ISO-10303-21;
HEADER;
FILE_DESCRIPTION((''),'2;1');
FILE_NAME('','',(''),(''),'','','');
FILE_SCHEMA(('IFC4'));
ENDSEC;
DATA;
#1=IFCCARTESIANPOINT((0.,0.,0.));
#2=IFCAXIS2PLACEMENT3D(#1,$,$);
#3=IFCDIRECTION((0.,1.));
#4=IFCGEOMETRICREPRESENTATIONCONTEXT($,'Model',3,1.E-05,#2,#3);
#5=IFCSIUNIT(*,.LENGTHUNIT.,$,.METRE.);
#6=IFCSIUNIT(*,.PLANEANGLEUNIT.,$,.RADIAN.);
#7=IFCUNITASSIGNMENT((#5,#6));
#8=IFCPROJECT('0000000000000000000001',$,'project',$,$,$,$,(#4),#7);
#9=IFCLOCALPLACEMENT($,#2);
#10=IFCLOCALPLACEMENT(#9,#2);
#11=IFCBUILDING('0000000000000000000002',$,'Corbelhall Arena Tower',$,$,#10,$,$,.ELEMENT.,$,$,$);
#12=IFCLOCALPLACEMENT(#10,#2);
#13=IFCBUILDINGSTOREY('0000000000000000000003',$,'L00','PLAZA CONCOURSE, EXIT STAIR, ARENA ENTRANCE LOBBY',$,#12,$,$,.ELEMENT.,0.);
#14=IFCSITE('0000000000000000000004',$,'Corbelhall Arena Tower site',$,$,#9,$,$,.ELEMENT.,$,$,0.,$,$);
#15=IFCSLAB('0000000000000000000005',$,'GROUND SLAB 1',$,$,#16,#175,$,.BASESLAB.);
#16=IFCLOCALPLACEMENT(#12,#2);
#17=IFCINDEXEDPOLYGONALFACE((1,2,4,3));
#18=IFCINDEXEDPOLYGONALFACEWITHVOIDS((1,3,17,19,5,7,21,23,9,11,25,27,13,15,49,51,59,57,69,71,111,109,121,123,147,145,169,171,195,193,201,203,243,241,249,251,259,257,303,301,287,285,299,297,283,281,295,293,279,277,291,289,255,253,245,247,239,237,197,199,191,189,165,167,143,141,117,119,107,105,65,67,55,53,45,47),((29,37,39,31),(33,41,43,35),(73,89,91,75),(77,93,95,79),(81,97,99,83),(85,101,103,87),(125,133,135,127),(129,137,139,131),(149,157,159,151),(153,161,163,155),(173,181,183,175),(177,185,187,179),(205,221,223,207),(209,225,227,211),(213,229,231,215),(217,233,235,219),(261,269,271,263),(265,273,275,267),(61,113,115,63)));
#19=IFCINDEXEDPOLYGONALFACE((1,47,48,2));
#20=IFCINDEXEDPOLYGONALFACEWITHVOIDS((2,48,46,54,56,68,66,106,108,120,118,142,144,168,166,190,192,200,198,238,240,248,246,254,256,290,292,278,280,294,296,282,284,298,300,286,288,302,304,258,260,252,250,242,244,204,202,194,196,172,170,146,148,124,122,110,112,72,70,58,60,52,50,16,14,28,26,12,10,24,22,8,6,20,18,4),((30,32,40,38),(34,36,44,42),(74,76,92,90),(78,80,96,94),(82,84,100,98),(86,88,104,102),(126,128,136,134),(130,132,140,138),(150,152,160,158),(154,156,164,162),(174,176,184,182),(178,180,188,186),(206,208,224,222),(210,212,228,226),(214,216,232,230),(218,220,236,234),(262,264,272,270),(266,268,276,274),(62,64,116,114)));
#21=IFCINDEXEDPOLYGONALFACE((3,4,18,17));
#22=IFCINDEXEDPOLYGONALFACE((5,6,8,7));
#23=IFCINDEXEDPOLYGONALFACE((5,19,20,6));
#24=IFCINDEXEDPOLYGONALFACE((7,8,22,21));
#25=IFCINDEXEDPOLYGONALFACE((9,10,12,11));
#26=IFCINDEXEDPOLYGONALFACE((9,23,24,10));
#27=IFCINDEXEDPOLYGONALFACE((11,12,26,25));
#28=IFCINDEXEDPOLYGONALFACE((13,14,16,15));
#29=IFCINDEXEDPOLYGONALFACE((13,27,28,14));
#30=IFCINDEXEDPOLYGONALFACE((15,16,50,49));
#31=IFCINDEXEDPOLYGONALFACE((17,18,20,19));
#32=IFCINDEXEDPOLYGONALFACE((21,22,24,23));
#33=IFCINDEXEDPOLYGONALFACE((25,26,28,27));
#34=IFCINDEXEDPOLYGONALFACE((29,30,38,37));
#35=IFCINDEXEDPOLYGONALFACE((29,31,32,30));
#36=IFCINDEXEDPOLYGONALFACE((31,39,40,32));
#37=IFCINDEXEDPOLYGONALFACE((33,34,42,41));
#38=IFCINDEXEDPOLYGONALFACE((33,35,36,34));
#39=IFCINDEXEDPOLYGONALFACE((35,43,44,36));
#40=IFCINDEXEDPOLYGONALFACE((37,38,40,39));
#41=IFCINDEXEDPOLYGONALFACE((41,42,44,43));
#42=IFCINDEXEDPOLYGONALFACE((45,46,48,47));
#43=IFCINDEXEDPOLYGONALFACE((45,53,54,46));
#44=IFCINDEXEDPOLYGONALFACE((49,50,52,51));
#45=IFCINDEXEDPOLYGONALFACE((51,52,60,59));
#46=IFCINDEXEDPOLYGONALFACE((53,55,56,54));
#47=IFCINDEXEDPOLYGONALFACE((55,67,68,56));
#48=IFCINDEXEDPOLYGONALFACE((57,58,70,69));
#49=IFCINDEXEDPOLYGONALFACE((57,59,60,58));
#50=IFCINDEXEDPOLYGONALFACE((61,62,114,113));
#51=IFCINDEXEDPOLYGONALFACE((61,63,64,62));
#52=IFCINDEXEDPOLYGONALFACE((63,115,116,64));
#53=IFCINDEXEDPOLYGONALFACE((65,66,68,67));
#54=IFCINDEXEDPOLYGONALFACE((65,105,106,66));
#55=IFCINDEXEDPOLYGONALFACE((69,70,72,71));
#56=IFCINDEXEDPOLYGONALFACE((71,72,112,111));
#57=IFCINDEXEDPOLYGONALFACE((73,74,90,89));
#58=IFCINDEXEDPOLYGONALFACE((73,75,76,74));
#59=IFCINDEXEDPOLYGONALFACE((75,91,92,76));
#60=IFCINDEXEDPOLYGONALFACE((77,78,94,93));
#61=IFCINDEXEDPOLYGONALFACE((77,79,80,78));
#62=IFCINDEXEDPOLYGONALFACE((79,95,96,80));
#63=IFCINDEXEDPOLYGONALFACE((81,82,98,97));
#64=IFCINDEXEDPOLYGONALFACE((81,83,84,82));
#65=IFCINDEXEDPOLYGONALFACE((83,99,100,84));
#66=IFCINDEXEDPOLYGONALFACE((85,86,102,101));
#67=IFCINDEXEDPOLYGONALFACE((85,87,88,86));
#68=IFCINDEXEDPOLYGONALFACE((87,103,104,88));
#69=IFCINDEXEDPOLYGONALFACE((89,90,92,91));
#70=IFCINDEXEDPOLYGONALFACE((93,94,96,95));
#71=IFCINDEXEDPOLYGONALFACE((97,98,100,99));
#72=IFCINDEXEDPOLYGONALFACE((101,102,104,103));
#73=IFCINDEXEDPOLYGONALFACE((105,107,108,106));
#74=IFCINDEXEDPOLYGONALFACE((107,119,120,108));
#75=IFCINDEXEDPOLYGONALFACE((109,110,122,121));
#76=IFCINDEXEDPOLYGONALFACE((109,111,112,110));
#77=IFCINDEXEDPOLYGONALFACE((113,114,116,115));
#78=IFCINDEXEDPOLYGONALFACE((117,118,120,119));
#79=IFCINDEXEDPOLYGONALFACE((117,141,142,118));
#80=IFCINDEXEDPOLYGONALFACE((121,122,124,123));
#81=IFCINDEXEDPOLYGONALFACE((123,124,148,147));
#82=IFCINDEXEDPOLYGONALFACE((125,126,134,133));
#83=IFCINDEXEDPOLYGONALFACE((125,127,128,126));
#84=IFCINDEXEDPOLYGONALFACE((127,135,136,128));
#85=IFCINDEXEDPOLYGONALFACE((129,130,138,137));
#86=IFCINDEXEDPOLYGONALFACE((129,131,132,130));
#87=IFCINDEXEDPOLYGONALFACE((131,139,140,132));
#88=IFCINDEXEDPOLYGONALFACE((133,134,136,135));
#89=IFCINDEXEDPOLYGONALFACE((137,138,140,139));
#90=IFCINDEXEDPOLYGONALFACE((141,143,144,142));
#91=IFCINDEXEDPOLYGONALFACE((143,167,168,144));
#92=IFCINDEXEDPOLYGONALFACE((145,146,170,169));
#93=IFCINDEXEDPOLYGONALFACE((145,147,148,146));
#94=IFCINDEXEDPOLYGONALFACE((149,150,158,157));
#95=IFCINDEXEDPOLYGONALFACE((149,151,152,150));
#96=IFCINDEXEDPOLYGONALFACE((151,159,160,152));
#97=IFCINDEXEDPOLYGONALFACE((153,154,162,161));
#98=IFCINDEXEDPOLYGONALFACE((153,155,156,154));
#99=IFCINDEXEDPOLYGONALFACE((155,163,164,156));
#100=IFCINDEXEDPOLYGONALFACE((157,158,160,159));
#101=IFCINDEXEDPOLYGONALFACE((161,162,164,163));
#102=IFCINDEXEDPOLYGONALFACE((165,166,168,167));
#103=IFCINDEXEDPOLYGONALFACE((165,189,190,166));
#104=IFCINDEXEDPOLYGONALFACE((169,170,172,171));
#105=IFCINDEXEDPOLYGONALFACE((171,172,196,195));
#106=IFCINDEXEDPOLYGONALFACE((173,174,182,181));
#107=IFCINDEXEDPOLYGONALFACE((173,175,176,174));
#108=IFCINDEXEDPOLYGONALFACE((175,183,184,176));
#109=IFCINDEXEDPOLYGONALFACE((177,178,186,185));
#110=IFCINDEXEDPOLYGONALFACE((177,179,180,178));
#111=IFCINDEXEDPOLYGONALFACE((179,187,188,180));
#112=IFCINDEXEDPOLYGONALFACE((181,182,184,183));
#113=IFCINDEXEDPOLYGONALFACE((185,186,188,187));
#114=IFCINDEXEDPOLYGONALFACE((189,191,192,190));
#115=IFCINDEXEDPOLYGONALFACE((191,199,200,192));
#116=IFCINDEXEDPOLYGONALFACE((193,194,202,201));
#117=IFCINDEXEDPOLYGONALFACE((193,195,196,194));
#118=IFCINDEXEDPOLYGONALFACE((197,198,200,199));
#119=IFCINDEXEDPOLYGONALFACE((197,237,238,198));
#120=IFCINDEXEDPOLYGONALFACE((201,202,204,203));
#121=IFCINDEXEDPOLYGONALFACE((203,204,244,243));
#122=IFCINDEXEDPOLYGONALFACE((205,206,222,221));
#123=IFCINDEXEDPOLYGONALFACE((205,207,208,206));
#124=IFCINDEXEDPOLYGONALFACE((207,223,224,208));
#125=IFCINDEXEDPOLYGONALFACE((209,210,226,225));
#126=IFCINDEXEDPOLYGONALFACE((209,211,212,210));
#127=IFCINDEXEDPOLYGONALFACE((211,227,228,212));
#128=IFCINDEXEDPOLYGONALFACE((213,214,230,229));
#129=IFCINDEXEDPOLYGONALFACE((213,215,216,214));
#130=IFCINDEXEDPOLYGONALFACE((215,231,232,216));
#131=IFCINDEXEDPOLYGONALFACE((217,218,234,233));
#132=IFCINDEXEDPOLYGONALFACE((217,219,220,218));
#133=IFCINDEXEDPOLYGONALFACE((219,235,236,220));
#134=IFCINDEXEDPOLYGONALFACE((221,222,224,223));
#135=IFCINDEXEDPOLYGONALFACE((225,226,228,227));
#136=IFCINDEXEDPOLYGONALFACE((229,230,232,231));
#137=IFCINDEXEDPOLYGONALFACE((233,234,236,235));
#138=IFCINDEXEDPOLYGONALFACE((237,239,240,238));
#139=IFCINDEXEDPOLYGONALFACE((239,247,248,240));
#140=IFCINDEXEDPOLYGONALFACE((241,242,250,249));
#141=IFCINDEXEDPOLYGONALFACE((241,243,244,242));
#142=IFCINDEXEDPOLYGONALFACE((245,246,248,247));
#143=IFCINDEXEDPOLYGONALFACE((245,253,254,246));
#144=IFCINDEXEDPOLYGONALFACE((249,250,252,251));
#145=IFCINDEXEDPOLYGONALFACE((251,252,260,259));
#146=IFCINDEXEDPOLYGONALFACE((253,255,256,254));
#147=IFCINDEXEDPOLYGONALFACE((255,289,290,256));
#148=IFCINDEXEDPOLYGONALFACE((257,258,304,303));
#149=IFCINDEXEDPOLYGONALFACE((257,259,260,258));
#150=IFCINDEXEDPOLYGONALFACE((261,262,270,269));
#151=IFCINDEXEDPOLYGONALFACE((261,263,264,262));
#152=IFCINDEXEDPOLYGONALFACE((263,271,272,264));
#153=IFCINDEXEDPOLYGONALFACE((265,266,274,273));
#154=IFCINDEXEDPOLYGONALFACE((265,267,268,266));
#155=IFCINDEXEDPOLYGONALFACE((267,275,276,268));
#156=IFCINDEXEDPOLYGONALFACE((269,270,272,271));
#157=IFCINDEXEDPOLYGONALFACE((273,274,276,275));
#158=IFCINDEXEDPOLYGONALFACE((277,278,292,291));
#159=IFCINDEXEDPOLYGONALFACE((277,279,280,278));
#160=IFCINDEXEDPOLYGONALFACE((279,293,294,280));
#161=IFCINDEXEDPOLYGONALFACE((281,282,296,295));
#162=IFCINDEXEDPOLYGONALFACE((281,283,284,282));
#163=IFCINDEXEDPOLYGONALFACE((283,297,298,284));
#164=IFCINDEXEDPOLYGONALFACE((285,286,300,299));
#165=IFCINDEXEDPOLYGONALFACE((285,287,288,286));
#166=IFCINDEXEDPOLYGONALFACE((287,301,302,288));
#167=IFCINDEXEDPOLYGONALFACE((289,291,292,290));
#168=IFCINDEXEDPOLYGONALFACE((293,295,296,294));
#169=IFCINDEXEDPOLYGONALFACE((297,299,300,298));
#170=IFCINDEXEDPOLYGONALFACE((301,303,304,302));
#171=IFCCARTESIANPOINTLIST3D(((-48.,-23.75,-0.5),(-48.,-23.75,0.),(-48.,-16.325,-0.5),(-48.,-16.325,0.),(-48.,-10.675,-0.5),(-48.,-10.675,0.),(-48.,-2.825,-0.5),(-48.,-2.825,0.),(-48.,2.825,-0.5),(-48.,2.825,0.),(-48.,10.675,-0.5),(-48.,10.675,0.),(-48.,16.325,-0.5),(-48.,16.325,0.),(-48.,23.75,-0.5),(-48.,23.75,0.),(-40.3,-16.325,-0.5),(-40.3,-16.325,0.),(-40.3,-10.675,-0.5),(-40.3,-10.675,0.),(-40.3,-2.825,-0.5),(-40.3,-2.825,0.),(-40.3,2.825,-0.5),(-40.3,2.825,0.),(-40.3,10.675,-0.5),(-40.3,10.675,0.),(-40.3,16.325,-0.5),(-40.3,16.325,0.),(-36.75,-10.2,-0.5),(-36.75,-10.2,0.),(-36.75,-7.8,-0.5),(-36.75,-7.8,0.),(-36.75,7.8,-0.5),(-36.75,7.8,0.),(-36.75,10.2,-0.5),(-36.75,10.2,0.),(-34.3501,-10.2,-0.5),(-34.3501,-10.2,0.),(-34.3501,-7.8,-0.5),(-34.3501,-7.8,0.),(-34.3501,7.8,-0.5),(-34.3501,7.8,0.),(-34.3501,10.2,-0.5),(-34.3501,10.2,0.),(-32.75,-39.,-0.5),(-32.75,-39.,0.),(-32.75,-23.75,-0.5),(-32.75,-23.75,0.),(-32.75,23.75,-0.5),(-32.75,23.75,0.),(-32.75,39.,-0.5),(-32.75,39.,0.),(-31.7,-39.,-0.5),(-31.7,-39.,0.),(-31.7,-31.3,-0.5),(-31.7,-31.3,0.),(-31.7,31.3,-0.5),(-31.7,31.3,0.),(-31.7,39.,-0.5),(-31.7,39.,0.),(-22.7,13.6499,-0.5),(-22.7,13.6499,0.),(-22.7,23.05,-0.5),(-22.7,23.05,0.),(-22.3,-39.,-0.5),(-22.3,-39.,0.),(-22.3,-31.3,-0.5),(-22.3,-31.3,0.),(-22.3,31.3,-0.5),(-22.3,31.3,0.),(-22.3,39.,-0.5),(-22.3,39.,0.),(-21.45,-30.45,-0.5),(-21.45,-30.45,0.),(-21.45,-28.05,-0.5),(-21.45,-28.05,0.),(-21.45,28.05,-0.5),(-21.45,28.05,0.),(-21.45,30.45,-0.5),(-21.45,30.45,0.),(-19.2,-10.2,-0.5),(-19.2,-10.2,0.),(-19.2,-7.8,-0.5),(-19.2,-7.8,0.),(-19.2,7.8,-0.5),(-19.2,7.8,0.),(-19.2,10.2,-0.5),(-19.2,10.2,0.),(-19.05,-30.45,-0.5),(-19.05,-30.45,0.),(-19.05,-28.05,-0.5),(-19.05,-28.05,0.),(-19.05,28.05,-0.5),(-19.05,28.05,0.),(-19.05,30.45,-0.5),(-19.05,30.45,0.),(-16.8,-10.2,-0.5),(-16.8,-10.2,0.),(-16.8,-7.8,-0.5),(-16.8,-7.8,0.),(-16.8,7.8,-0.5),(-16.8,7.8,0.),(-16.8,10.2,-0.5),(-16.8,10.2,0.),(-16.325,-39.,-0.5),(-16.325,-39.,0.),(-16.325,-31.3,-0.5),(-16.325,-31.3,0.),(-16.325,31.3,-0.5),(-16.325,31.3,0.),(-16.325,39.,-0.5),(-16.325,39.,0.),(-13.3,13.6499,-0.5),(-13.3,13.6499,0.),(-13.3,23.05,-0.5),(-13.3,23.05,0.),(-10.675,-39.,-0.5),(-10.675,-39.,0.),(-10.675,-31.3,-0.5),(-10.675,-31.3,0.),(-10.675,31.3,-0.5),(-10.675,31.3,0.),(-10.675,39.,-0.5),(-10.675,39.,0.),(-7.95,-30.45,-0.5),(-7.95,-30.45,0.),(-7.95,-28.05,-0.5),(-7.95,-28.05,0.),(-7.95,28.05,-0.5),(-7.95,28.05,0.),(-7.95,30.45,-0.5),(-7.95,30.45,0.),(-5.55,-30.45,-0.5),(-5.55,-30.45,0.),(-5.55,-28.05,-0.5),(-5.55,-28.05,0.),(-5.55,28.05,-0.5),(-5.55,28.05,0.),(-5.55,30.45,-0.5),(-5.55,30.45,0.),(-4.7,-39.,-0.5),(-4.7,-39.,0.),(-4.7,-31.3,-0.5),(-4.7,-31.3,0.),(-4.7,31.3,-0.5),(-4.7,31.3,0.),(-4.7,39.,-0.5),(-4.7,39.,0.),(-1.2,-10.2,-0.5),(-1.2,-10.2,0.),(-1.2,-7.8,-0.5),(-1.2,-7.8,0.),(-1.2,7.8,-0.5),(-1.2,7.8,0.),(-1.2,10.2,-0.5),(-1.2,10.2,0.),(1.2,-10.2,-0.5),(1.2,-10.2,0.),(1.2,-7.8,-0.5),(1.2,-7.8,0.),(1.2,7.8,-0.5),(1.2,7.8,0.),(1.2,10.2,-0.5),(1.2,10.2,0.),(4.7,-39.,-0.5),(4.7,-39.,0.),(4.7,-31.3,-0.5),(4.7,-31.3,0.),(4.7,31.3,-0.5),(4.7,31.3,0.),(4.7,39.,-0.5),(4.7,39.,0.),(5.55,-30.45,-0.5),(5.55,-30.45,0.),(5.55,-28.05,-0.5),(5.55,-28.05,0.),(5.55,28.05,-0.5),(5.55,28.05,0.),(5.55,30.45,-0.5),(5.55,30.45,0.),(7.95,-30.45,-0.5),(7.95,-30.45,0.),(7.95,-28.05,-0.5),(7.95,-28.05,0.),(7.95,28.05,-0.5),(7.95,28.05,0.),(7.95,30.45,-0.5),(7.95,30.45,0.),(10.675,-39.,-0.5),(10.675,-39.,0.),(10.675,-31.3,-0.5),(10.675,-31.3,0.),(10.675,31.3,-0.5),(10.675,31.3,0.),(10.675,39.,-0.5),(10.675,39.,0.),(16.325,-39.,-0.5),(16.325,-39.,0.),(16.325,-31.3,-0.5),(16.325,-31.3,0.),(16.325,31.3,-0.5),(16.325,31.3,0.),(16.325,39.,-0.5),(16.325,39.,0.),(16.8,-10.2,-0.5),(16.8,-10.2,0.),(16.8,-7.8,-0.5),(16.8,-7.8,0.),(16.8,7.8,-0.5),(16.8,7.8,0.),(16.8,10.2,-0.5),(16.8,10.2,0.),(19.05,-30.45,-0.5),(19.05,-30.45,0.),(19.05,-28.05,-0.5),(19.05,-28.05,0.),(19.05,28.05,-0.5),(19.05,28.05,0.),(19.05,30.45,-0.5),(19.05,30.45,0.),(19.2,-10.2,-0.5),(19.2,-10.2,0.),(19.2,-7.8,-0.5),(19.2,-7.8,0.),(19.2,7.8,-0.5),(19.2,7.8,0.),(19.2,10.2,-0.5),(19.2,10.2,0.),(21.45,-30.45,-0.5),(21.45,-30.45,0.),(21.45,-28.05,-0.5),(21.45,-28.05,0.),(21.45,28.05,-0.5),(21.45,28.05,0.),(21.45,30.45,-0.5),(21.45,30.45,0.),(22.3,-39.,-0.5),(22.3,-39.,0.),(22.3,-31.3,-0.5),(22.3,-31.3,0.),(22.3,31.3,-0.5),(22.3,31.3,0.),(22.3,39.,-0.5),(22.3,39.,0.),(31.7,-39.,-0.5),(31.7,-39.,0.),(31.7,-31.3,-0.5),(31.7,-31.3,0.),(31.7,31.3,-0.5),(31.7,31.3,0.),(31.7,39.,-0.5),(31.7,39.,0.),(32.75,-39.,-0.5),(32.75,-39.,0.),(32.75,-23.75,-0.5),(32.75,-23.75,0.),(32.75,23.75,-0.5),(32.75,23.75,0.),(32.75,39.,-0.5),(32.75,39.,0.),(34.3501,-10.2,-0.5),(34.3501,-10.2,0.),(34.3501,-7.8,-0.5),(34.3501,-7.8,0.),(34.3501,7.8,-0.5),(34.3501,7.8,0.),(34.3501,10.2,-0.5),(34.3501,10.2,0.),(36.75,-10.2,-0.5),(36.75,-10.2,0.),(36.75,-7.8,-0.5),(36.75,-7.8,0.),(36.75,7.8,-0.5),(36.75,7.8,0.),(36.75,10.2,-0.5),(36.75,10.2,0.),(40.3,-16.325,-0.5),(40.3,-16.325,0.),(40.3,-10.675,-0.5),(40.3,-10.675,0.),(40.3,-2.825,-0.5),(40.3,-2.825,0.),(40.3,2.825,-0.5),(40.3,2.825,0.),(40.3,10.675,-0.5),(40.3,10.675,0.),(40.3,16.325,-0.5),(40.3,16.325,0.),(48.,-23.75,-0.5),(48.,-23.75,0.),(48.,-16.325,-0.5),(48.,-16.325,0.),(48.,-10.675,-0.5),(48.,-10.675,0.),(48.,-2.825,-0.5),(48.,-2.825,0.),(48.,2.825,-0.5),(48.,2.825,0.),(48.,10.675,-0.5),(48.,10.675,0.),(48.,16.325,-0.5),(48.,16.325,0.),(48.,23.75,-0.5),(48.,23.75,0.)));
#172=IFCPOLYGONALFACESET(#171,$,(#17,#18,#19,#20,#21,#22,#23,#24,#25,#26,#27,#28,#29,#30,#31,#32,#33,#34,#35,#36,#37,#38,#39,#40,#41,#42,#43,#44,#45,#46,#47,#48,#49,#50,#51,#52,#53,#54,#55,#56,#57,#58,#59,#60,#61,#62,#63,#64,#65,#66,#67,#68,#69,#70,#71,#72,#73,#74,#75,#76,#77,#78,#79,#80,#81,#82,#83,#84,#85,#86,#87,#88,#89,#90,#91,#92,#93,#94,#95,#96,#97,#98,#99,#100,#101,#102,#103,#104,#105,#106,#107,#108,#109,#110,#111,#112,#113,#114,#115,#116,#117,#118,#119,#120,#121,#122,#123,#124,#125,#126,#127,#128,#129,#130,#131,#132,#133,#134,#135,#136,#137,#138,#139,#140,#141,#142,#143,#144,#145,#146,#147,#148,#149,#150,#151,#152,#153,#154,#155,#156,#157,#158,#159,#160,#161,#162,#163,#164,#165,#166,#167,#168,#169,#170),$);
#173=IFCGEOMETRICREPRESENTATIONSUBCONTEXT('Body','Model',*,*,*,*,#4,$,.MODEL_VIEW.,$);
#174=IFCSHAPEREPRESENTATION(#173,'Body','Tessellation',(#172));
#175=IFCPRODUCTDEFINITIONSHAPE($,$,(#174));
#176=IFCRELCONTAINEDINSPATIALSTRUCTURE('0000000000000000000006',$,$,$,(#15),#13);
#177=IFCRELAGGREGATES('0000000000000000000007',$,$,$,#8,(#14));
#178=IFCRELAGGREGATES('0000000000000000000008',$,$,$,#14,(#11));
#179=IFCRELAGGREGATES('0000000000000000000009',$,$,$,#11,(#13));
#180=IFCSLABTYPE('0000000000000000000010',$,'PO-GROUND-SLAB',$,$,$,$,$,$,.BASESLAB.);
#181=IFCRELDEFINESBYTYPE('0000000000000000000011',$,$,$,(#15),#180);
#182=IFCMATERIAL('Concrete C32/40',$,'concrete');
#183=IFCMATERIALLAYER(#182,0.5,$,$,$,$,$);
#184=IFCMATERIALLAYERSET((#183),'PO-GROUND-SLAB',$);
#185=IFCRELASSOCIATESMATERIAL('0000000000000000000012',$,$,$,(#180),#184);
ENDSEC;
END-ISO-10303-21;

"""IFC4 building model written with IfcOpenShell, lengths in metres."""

from ifc_helpers import new_model, si_unit, direction, frame, origin, place, context, subcontext, project, spatial, polyline, outline, extrude, material, layer, layer_set, type_object, element, save


model = new_model("IFC4")

# Units and contexts
model_context = context("Model", 3, precision=1e-05, world=origin(), true_north=direction((0.0, 1.0)))
body_context = subcontext(model_context, "Body", "Model", "MODEL_VIEW")
ifc_project = project(units=[si_unit("LENGTHUNIT", "METRE"), si_unit("PLANEANGLEUNIT", "RADIAN")], contexts=[model_context])

# Site, building, storey
site_placement = place(None, origin())
site = spatial("IfcSite", under=ifc_project, at=site_placement, Name="Corbelhall Arena Tower site", CompositionType="ELEMENT", RefElevation=0.0)
building_placement = place(site_placement, origin())
building = spatial("IfcBuilding", under=site, at=building_placement, Name="Corbelhall Arena Tower", CompositionType="ELEMENT")
storey_placement = place(building_placement, origin())
storey = spatial("IfcBuildingStorey", under=building, at=storey_placement, Name="L00", Description="PLAZA CONCOURSE, EXIT STAIR, ARENA ENTRANCE LOBBY", CompositionType="ELEMENT", Elevation=0.0)

# Slab
ifc_material_1 = material(Name="Concrete C32/40", Category="concrete")
ifc_layer_1 = layer(ifc_material_1, 0.5)
ifc_layer_set_1 = layer_set([ifc_layer_1], Name="PO-GROUND-SLAB")
slab_type = type_object("IfcSlabType", Name="PO-GROUND-SLAB", PredefinedType="BASESLAB", material=ifc_layer_set_1)
slab_placement = place(storey_placement, frame((0.0, 0.0, -0.5)))
element("IfcSlab", 1, at=slab_placement, inside=storey, type_object=slab_type, Name="GROUND SLAB 1", PredefinedType="BASESLAB", context=body_context, shape_type="SweptSolid", body=[
    extrude(outline(polyline([(48.0, -23.75), (32.75, -23.75), (32.75, -39.0), (31.7, -39.0), (31.7, -31.3), (22.3, -31.3), (22.3, -39.0), (16.325, -39.0), (16.325, -31.3), (10.675, -31.3), (10.675, -39.0), (4.7, -39.0), (4.7, -31.3), (-4.7, -31.3), (-4.7, -39.0), (-10.675, -39.0), (-10.675, -31.3), (-16.325, -31.3), (-16.325, -39.0), (-22.3, -39.0), (-22.3, -31.3), (-31.7, -31.3), (-31.7, -39.0), (-32.75, -39.0), (-32.75, -23.75), (-48.0, -23.75), (-48.0, -16.325), (-40.3, -16.325), (-40.3, -10.675), (-48.0, -10.675), (-48.0, -2.825), (-40.3, -2.825), (-40.3, 2.825), (-48.0, 2.825), (-48.0, 10.675), (-40.3, 10.675), (-40.3, 16.325), (-48.0, 16.325), (-48.0, 23.75), (-32.75, 23.75), (-32.75, 39.0), (-31.7, 39.0), (-31.7, 31.3), (-22.3, 31.3), (-22.3, 39.0), (-16.325, 39.0), (-16.325, 31.3), (-10.675, 31.3), (-10.675, 39.0), (-4.7, 39.0), (-4.7, 31.3), (4.7, 31.3), (4.7, 39.0), (10.675, 39.0), (10.675, 31.3), (16.325, 31.3), (16.325, 39.0), (22.3, 39.0), (22.3, 31.3), (31.7, 31.3), (31.7, 39.0), (32.75, 39.0), (32.75, 23.75), (48.0, 23.75), (48.0, 16.325), (40.3, 16.325), (40.3, 10.675), (48.0, 10.675), (48.0, 2.825), (40.3, 2.825), (40.3, -2.825), (48.0, -2.825), (48.0, -10.675), (40.3, -10.675), (40.3, -16.325), (48.0, -16.325), (48.0, -23.75)]), holes=[polyline([(-5.55, -30.45), (-5.55, -28.05), (-7.95, -28.05), (-7.95, -30.45), (-5.55, -30.45)]), polyline([(-19.05, -30.45), (-19.05, -28.05), (-21.45, -28.05), (-21.45, -30.45), (-19.05, -30.45)]), polyline([(-36.75, -10.2), (-34.3501, -10.2), (-34.3501, -7.8), (-36.75, -7.8), (-36.75, -10.2)]), polyline([(-19.2, -10.2), (-16.8, -10.2), (-16.8, -7.8), (-19.2, -7.8), (-19.2, -10.2)]), polyline([(1.2, 7.8), (1.2, 10.2), (-1.2, 10.2), (-1.2, 7.8), (1.2, 7.8)]), polyline([(-16.8, 7.8), (-16.8, 10.2), (-19.2, 10.2), (-19.2, 7.8), (-16.8, 7.8)]), polyline([(-36.75, 7.8), (-34.3501, 7.8), (-34.3501, 10.2), (-36.75, 10.2), (-36.75, 7.8)]), polyline([(-13.3, 13.6499), (-13.3, 23.05), (-22.7, 23.05), (-22.7, 13.6499), (-13.3, 13.6499)]), polyline([(-19.05, 28.05), (-19.05, 30.45), (-21.45, 30.45), (-21.45, 28.05), (-19.05, 28.05)]), polyline([(-5.55, 28.05), (-5.55, 30.45), (-7.95, 30.45), (-7.95, 28.05), (-5.55, 28.05)]), polyline([(5.55, -30.45), (7.95, -30.45), (7.95, -28.05), (5.55, -28.05), (5.55, -30.45)]), polyline([(21.45, -30.45), (21.45, -28.05), (19.05, -28.05), (19.05, -30.45), (21.45, -30.45)]), polyline([(19.2, -10.2), (19.2, -7.8), (16.8, -7.8), (16.8, -10.2), (19.2, -10.2)]), polyline([(-1.2, -10.2), (1.2, -10.2), (1.2, -7.8), (-1.2, -7.8), (-1.2, -10.2)]), polyline([(34.3501, -10.2), (36.75, -10.2), (36.75, -7.8), (34.3501, -7.8), (34.3501, -10.2)]), polyline([(19.2, 7.8), (19.2, 10.2), (16.8, 10.2), (16.8, 7.8), (19.2, 7.8)]), polyline([(36.75, 7.8), (36.75, 10.2), (34.3501, 10.2), (34.3501, 7.8), (36.75, 7.8)]), polyline([(19.05, 28.05), (21.45, 28.05), (21.45, 30.45), (19.05, 30.45), (19.05, 28.05)]), polyline([(7.95, 28.05), (7.95, 30.45), (5.55, 30.45), (5.55, 28.05), (7.95, 28.05)])]), origin(), (0.0, 0.0, 1.0), 0.5),
])

save(model, "model.ifc")
